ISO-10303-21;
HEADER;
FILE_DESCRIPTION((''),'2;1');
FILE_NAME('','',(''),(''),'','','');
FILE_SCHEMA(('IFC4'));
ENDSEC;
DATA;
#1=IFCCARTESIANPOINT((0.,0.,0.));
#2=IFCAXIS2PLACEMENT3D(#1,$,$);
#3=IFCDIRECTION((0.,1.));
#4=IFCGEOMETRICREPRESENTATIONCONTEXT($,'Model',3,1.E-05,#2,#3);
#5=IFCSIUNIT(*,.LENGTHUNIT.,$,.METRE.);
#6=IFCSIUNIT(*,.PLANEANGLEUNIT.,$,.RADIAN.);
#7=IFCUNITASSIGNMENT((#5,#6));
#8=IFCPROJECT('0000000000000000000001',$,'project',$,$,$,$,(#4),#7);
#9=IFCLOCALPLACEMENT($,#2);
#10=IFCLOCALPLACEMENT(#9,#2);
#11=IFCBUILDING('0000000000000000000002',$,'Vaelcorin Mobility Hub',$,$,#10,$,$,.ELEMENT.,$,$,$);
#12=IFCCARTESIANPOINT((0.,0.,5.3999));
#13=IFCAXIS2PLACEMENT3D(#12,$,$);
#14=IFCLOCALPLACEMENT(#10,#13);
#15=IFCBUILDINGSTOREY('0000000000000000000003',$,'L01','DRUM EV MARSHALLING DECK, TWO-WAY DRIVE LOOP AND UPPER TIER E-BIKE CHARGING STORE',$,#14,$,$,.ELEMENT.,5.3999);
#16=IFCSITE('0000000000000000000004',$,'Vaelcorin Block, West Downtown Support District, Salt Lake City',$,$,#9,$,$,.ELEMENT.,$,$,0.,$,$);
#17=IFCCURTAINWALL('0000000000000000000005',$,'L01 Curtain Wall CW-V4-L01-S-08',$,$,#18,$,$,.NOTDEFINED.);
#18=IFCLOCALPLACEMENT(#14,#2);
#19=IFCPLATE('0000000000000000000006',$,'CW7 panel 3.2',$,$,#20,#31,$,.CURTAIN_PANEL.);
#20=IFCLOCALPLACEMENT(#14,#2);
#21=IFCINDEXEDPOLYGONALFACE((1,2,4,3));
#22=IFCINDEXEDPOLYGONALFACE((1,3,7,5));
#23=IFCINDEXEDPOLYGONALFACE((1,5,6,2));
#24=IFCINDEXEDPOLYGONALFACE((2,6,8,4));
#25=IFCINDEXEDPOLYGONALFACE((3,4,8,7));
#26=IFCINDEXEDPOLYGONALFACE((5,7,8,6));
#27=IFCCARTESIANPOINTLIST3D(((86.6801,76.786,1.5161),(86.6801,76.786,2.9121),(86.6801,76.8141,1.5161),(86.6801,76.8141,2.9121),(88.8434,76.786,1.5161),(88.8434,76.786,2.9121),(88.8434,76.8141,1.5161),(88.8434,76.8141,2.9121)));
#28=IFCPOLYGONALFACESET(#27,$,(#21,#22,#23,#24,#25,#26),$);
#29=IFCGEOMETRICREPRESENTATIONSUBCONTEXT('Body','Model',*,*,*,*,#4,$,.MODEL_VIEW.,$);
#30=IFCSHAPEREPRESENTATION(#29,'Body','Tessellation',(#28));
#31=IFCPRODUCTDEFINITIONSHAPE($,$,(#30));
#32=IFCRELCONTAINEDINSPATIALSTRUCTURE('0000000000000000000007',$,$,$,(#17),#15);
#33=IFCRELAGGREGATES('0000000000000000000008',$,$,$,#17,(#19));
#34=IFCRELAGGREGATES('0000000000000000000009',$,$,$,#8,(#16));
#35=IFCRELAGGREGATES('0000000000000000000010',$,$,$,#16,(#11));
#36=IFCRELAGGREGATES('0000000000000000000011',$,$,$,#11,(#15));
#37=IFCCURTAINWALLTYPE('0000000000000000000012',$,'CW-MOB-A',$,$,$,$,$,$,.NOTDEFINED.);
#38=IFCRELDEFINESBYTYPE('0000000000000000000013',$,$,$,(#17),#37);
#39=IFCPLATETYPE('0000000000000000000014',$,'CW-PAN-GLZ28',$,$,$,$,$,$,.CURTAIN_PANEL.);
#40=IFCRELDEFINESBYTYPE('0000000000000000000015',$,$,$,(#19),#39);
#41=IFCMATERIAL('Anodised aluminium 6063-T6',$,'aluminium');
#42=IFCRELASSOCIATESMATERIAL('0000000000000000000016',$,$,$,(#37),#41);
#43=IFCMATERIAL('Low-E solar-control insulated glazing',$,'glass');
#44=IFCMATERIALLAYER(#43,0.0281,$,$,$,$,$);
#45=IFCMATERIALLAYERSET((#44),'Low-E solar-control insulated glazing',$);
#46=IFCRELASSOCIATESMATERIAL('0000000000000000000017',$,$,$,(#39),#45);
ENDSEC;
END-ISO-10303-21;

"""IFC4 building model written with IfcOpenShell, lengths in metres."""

from ifc_helpers import new_model, si_unit, direction, frame, origin, origin_2d, place, context, subcontext, project, spatial, rectangle, extrude, material, layer, layer_set, type_object, element, aggregate, save


model = new_model("IFC4")

# Units and contexts
model_context = context("Model", 3, precision=1e-05, world=origin(), true_north=direction((0.0, 1.0)))
body_context = subcontext(model_context, "Body", "Model", "MODEL_VIEW")
ifc_project = project(units=[si_unit("LENGTHUNIT", "METRE"), si_unit("PLANEANGLEUNIT", "RADIAN")], contexts=[model_context])

# Site, building, storey
site_placement = place(None, origin())
site = spatial("IfcSite", under=ifc_project, at=site_placement, Name="Vaelcorin Block, West Downtown Support District, Salt Lake City", CompositionType="ELEMENT", RefElevation=0.0)
building_placement = place(site_placement, origin())
building = spatial("IfcBuilding", under=site, at=building_placement, Name="Vaelcorin Mobility Hub", CompositionType="ELEMENT")
storey_placement = place(building_placement, frame((0.0, 0.0, 5.3999)))
storey = spatial("IfcBuildingStorey", under=building, at=storey_placement, Name="L01", Description="DRUM EV MARSHALLING DECK, TWO-WAY DRIVE LOOP AND UPPER TIER E-BIKE CHARGING STORE", CompositionType="ELEMENT", Elevation=5.3999)

# Shared definitions
ifc_material_1 = material(Name="Anodised aluminium 6063-T6", Category="aluminium")
curtain_wall_type = type_object("IfcCurtainWallType", Name="CW-MOB-A", PredefinedType="NOTDEFINED", material=ifc_material_1)

# Curtain wall
curtain_wall_1_placement = place(storey_placement, origin())
curtain_wall_1 = element("IfcCurtainWall", 1, at=curtain_wall_1_placement, inside=storey, type_object=curtain_wall_type, Name="L01 Curtain Wall CW-V4-L01-S-08", PredefinedType="NOTDEFINED")

# Plate
ifc_material_2 = material(Name="Low-E solar-control insulated glazing", Category="glass")
ifc_layer = layer(ifc_material_2, 0.0281)
ifc_layer_set = layer_set([ifc_layer], Name="Low-E solar-control insulated glazing")
plate_type = type_object("IfcPlateType", Name="CW-PAN-GLZ28", PredefinedType="CURTAIN_PANEL", material=ifc_layer_set)
plate_1_placement = place(storey_placement, frame((87.7617, 76.8, 1.5161), z_axis=(0.0, 0.0, 1.0), x_axis=(-1.0, 0.0, 0.0)))
plate_1 = element("IfcPlate", 2, at=plate_1_placement, type_object=plate_type, Name="CW7 panel 3.2", PredefinedType="CURTAIN_PANEL", context=body_context, shape_type="SweptSolid", body=[
    extrude(rectangle(XDim=2.1633, YDim=0.0281, at=origin_2d()), origin(), (0.0, 0.0, 1.0), 1.396),
])
aggregate(curtain_wall_1, [plate_1])

save(model, "model.ifc")
